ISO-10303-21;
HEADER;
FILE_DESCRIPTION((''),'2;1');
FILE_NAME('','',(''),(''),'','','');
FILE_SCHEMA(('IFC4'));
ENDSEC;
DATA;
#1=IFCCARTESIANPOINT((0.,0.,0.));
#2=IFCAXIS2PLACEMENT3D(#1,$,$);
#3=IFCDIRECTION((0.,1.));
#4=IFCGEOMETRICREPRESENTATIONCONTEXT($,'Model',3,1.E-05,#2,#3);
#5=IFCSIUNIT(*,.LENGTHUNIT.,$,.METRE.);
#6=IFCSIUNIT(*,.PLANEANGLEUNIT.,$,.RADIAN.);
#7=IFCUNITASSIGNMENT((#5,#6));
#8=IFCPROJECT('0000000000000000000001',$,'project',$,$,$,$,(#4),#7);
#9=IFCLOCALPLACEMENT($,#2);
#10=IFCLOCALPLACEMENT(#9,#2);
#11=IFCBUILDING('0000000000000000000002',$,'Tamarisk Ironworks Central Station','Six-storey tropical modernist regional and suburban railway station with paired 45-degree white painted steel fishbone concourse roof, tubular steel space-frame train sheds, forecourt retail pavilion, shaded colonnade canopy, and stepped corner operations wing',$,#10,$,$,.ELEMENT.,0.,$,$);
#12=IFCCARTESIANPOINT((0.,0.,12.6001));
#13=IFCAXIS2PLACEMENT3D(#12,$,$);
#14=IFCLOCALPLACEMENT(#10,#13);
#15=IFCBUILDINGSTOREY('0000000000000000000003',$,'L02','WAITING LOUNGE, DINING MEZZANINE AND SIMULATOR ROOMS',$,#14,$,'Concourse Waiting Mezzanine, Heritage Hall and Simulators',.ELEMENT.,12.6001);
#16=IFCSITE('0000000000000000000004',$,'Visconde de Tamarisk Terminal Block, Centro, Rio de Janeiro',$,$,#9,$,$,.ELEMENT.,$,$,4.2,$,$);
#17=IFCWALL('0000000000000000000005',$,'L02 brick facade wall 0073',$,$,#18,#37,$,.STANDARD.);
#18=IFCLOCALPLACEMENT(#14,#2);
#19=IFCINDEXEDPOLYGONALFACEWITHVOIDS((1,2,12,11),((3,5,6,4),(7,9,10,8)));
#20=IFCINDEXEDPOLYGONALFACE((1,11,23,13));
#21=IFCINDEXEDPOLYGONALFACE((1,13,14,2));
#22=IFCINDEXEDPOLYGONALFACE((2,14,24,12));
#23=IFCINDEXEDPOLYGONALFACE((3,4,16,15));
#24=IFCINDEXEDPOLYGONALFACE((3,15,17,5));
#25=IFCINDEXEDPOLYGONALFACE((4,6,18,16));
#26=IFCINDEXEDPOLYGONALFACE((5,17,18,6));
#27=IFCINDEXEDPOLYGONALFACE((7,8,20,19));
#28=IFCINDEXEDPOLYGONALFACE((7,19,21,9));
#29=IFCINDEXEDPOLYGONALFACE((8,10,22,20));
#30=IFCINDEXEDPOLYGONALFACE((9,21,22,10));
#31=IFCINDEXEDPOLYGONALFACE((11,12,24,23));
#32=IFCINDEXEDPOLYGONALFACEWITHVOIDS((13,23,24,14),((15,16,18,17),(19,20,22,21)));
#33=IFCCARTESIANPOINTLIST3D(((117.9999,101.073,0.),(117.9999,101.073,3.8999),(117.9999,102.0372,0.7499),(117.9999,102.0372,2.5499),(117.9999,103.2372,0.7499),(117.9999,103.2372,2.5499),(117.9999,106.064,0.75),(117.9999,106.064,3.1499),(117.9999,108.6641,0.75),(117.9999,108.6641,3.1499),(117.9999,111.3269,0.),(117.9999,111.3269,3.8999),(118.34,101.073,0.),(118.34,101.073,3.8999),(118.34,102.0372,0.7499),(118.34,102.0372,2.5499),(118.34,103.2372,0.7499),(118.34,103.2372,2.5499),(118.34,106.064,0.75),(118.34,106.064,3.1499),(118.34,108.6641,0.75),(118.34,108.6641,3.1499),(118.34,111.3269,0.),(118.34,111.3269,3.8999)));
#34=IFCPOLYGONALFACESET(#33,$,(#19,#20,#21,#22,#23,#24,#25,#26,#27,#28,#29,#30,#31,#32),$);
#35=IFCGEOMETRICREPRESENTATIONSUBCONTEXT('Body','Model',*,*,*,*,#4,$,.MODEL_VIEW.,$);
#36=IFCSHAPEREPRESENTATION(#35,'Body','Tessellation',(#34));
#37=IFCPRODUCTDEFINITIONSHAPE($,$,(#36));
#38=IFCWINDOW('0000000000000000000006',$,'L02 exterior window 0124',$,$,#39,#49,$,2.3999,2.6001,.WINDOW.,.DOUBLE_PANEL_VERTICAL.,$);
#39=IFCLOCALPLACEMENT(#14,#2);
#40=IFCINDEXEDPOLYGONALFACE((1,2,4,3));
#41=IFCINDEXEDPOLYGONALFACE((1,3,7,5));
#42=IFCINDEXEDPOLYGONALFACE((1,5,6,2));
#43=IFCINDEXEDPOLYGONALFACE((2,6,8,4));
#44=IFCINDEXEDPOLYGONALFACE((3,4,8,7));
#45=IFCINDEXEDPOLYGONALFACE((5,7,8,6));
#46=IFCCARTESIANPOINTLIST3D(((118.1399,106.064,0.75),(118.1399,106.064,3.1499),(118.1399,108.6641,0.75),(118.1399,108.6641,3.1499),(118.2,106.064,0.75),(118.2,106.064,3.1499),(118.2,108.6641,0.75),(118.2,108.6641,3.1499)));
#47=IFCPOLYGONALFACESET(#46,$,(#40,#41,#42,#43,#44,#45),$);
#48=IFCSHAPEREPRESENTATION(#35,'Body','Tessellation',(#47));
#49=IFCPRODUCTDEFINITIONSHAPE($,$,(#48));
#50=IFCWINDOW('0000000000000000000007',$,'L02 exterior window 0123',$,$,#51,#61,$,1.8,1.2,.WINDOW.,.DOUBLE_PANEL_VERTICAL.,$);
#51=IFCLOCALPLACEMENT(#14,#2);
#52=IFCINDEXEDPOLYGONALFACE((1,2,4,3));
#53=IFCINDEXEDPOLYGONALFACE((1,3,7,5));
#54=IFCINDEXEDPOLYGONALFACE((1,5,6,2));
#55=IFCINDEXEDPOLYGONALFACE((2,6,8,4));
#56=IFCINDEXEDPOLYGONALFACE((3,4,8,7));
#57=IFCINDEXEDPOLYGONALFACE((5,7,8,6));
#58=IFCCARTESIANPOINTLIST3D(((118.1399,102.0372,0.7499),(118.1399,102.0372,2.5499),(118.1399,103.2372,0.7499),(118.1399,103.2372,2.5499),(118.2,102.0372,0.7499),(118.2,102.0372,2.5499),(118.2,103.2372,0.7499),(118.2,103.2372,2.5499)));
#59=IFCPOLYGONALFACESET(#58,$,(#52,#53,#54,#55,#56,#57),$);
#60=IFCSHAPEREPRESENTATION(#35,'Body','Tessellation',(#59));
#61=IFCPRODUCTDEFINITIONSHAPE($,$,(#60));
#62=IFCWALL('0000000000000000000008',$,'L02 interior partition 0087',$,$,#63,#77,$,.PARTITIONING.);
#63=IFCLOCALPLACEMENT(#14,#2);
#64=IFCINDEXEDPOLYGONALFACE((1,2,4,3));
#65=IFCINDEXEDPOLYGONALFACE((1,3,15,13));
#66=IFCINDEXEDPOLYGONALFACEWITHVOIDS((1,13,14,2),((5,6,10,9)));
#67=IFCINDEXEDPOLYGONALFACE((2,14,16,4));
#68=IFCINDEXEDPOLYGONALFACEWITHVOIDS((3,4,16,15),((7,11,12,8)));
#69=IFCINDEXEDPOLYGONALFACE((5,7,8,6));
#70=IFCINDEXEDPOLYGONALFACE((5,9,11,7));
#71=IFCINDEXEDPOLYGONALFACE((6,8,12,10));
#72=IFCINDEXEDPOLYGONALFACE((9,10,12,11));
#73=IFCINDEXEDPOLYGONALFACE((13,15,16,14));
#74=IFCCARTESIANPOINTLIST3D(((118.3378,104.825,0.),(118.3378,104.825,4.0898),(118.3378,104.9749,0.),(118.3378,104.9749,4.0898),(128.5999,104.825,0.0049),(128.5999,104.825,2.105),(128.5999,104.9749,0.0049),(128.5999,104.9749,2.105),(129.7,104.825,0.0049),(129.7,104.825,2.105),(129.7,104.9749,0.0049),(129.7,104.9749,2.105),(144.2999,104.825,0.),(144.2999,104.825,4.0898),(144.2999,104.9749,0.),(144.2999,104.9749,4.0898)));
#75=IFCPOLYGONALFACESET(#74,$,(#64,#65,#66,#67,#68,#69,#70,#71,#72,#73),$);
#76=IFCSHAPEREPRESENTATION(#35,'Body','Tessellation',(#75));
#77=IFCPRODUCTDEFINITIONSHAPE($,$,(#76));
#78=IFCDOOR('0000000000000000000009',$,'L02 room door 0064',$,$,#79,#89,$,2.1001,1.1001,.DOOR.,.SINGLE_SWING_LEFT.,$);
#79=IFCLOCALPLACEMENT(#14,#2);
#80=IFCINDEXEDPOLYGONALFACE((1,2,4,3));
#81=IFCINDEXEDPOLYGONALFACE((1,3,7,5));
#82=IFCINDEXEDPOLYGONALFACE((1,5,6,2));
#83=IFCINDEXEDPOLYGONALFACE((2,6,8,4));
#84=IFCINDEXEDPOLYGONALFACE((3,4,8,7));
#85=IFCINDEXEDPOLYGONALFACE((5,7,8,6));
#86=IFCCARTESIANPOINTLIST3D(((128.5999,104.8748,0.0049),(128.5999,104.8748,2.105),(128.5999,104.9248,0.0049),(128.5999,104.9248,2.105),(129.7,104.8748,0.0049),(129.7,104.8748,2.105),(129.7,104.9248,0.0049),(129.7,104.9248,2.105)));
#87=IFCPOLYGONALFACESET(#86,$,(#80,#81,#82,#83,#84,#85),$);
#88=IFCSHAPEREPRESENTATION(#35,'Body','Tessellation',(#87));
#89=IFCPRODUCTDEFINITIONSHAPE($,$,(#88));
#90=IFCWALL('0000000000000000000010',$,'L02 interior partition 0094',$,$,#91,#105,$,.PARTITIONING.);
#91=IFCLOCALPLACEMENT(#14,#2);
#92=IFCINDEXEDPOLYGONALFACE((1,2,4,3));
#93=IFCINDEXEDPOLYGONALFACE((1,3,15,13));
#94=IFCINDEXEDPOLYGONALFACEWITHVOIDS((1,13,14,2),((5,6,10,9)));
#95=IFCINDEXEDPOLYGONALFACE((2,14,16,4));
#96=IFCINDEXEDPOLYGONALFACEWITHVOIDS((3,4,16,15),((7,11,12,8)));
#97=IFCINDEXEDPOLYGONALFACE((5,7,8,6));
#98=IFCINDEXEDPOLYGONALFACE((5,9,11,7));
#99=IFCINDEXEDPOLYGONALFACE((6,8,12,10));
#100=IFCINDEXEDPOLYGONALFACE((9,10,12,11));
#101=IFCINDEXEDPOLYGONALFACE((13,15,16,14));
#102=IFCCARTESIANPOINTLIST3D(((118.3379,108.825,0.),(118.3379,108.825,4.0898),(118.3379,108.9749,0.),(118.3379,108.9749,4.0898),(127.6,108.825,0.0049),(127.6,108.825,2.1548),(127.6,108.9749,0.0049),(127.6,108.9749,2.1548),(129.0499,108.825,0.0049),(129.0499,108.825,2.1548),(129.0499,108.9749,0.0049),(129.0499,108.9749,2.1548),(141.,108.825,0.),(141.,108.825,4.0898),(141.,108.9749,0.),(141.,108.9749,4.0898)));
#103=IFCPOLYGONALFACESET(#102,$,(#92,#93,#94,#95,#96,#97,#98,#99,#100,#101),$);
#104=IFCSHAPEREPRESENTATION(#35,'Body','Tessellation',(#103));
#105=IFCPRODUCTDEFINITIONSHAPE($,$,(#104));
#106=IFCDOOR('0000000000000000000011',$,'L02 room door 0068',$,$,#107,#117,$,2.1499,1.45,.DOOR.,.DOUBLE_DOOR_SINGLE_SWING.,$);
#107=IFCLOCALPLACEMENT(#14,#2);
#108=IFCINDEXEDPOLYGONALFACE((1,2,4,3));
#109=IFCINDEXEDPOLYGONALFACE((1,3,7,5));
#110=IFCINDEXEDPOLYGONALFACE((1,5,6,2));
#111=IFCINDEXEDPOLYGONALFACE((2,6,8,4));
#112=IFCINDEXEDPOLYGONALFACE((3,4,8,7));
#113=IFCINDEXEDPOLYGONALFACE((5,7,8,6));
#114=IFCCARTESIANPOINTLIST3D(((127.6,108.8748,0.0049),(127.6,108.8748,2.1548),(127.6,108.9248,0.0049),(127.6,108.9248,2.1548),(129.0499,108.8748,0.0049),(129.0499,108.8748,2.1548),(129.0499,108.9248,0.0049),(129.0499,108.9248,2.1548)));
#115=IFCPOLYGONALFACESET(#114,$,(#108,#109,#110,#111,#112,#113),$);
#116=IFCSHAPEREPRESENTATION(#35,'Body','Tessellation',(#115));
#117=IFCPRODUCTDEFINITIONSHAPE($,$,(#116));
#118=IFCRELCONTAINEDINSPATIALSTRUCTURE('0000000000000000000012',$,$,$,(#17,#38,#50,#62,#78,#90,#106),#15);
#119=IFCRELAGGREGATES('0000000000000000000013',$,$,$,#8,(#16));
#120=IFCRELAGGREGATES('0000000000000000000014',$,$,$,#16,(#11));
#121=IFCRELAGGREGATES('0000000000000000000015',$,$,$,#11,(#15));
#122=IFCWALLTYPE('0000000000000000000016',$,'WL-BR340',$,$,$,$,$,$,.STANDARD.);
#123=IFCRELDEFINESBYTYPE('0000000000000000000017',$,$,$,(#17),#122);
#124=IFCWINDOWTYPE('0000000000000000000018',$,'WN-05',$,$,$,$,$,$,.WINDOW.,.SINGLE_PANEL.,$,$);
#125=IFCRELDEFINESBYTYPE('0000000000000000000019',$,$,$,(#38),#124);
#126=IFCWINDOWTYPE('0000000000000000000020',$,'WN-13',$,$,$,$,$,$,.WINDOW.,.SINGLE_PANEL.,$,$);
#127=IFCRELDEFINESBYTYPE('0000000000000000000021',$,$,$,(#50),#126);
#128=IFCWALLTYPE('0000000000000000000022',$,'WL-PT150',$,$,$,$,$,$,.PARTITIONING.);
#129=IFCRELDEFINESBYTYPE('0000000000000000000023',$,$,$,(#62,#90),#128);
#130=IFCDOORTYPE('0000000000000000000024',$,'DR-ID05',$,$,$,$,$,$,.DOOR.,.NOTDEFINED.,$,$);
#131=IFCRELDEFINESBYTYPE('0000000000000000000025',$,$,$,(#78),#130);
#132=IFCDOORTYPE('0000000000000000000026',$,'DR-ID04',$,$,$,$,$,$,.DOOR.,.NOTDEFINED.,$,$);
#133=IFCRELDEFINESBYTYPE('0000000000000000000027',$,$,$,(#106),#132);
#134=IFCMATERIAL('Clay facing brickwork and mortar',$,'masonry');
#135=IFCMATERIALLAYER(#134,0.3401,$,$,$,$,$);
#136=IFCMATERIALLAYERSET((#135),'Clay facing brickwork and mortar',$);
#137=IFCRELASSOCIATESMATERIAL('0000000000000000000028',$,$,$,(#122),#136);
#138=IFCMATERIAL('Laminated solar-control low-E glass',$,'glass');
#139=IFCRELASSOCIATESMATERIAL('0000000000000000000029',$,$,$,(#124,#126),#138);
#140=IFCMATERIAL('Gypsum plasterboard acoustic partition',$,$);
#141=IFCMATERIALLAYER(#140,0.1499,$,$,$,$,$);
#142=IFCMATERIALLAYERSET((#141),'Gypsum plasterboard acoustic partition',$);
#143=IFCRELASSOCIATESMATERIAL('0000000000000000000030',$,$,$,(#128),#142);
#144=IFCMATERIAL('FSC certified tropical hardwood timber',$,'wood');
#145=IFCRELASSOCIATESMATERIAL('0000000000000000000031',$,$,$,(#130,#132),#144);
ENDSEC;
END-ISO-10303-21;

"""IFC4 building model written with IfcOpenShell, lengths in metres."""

from ifc_helpers import new_model, si_unit, direction, frame, frame_2d, origin, place, context, subcontext, project, spatial, rectangle, extrude, material, layer, layer_set, type_object, element, fill, save


model = new_model("IFC4")

# Units and contexts
model_context = context("Model", 3, precision=1e-05, world=origin(), true_north=direction((0.0, 1.0)))
body_context = subcontext(model_context, "Body", "Model", "MODEL_VIEW")
ifc_project = project(units=[si_unit("LENGTHUNIT", "METRE"), si_unit("PLANEANGLEUNIT", "RADIAN")], contexts=[model_context])

# Site, building, storey
site_placement = place(None, origin())
site = spatial("IfcSite", under=ifc_project, at=site_placement, Name="Visconde de Tamarisk Terminal Block, Centro, Rio de Janeiro", CompositionType="ELEMENT", RefElevation=4.2)
building_placement = place(site_placement, origin())
building = spatial("IfcBuilding", under=site, at=building_placement, Name="Tamarisk Ironworks Central Station", Description="Six-storey tropical modernist regional and suburban railway station with paired 45-degree white painted steel fishbone concourse roof, tubular steel space-frame train sheds, forecourt retail pavilion, shaded colonnade canopy, and stepped corner operations wing", CompositionType="ELEMENT", ElevationOfRefHeight=0.0)
storey_placement = place(building_placement, frame((0.0, 0.0, 12.6001)))
storey = spatial("IfcBuildingStorey", under=building, at=storey_placement, Name="L02", Description="WAITING LOUNGE, DINING MEZZANINE AND SIMULATOR ROOMS", LongName="Concourse Waiting Mezzanine, Heritage Hall and Simulators", CompositionType="ELEMENT", Elevation=12.6001)

# Wall, openings, windows
ifc_material_1 = material(Name="Clay facing brickwork and mortar", Category="masonry")
ifc_material_2 = material(Name="Laminated solar-control low-E glass", Category="glass")
ifc_layer_1 = layer(ifc_material_1, 0.3401)
ifc_layer_set_1 = layer_set([ifc_layer_1], Name="Clay facing brickwork and mortar")
wall_type_1 = type_object("IfcWallType", Name="WL-BR340", PredefinedType="STANDARD", material=ifc_layer_set_1)
window_type_1 = type_object("IfcWindowType", Name="WN-05", PartitioningType="SINGLE_PANEL", PredefinedType="WINDOW", material=ifc_material_2)
wall_1_placement = place(storey_placement, frame((118.1699, 101.073, 0.0), z_axis=(0.0, 0.0, 1.0), x_axis=(0.0, 1.0, 0.0)))
wall_1 = element("IfcWall", 1, at=wall_1_placement, inside=storey, type_object=wall_type_1, Name="L02 brick facade wall 0073", PredefinedType="STANDARD", context=body_context, shape_type="SweptSolid", body=[
    extrude(rectangle(XDim=10.2539, YDim=0.3401, at=frame_2d((5.127, 0.0))), origin(), (0.0, 0.0, 1.0), 3.8999),
])
opening_1_placement = place(wall_1_placement, frame((0.9641, 0.0, 0.75)))
opening_1 = element("IfcOpeningElement", 2, at=opening_1_placement, cuts=wall_1, PredefinedType="OPENING", context=body_context, shape_type="SweptSolid", body=[
    extrude(rectangle(XDim=1.2, YDim=1.8, at=frame_2d((0.6001, 0.8999))), frame((0.0, 0.1821, 0.0), z_axis=(0.0, -1.0, 0.0), x_axis=(1.0, 0.0, 0.0)), (0.0, 0.0, 1.0), 0.364),
])
opening_2_placement = place(wall_1_placement, frame((4.991, 0.0, 0.75)))
opening_2 = element("IfcOpeningElement", 3, at=opening_2_placement, cuts=wall_1, PredefinedType="OPENING", context=body_context, shape_type="SweptSolid", body=[
    extrude(rectangle(XDim=2.6001, YDim=2.3999, at=frame_2d((1.3, 1.2))), frame((0.0, 0.1821, 0.0), z_axis=(0.0, -1.0, 0.0), x_axis=(1.0, 0.0, 0.0)), (0.0, 0.0, 1.0), 0.364),
])
window_1_placement = place(opening_2_placement, origin())
window_1 = element("IfcWindow", 4, at=window_1_placement, inside=storey, type_object=window_type_1, Name="L02 exterior window 0124", OverallHeight=2.3999, OverallWidth=2.6001, PartitioningType="DOUBLE_PANEL_VERTICAL", PredefinedType="WINDOW", context=body_context, shape_type="SweptSolid", body=[
    extrude(rectangle(XDim=2.6001, YDim=2.3999, at=frame_2d((1.3, 1.2))), frame((0.0, 0.03, 0.0), z_axis=(0.0, -1.0, 0.0), x_axis=(1.0, 0.0, 0.0)), (0.0, 0.0, 1.0), 0.0601),
])
fill(opening_2, window_1)
window_type_2 = type_object("IfcWindowType", Name="WN-13", PartitioningType="SINGLE_PANEL", PredefinedType="WINDOW", material=ifc_material_2)
window_2_placement = place(opening_1_placement, origin())
window_2 = element("IfcWindow", 5, at=window_2_placement, inside=storey, type_object=window_type_2, Name="L02 exterior window 0123", OverallHeight=1.8, OverallWidth=1.2, PartitioningType="DOUBLE_PANEL_VERTICAL", PredefinedType="WINDOW", context=body_context, shape_type="SweptSolid", body=[
    extrude(rectangle(XDim=1.2, YDim=1.8, at=frame_2d((0.6001, 0.8999))), frame((0.0, 0.03, 0.0), z_axis=(0.0, -1.0, 0.0), x_axis=(1.0, 0.0, 0.0)), (0.0, 0.0, 1.0), 0.0601),
])
fill(opening_1, window_2)

# Walls, openings, doors
ifc_material_3 = material(Name="Gypsum plasterboard acoustic partition")
ifc_layer_2 = layer(ifc_material_3, 0.1499)
ifc_layer_set_2 = layer_set([ifc_layer_2], Name="Gypsum plasterboard acoustic partition")
wall_type_2 = type_object("IfcWallType", Name="WL-PT150", PredefinedType="PARTITIONING", material=ifc_layer_set_2)
wall_2_placement = place(storey_placement, frame((118.3379, 104.8999, 0.0), z_axis=(0.0, 0.0, 1.0), x_axis=(1.0, 0.0, 0.0)))
wall_2 = element("IfcWall", 6, at=wall_2_placement, inside=storey, type_object=wall_type_2, Name="L02 interior partition 0087", PredefinedType="PARTITIONING", context=body_context, shape_type="SweptSolid", body=[
    extrude(rectangle(XDim=25.9622, YDim=0.1499, at=frame_2d((12.981, 0.0))), origin(), (0.0, 0.0, 1.0), 4.0898),
])
opening_3_placement = place(wall_2_placement, frame((10.262, 0.0, 0.0049)))
opening_3 = element("IfcOpeningElement", 7, at=opening_3_placement, cuts=wall_2, PredefinedType="OPENING", context=body_context, shape_type="SweptSolid", body=[
    extrude(rectangle(XDim=1.1001, YDim=2.1001, at=frame_2d((0.55, 1.05))), frame((0.0, 0.0869, 0.0), z_axis=(0.0, -1.0, 0.0), x_axis=(1.0, 0.0, 0.0)), (0.0, 0.0, 1.0), 0.1738),
])
ifc_material_4 = material(Name="FSC certified tropical hardwood timber", Category="wood")
door_type_1 = type_object("IfcDoorType", Name="DR-ID05", OperationType="NOTDEFINED", PredefinedType="DOOR", material=ifc_material_4)
door_1_placement = place(opening_3_placement, origin())
door_1 = element("IfcDoor", 8, at=door_1_placement, inside=storey, type_object=door_type_1, Name="L02 room door 0064", OperationType="SINGLE_SWING_LEFT", OverallHeight=2.1001, OverallWidth=1.1001, PredefinedType="DOOR", context=body_context, shape_type="SweptSolid", body=[
    extrude(rectangle(XDim=1.1001, YDim=2.1001, at=frame_2d((0.55, 1.05))), frame((0.0, 0.0249, 0.0), z_axis=(0.0, -1.0, 0.0), x_axis=(1.0, 0.0, 0.0)), (0.0, 0.0, 1.0), 0.05),
])
fill(opening_3, door_1)
wall_3_placement = place(storey_placement, frame((118.3379, 108.8999, 0.0), z_axis=(0.0, 0.0, 1.0), x_axis=(1.0, 0.0, 0.0)))
wall_3 = element("IfcWall", 9, at=wall_3_placement, inside=storey, type_object=wall_type_2, Name="L02 interior partition 0094", PredefinedType="PARTITIONING", context=body_context, shape_type="SweptSolid", body=[
    extrude(rectangle(XDim=22.6621, YDim=0.1499, at=frame_2d((11.3311, 0.0))), origin(), (0.0, 0.0, 1.0), 4.0898),
])
opening_4_placement = place(wall_3_placement, frame((9.262, 0.0, 0.0049)))
opening_4 = element("IfcOpeningElement", 10, at=opening_4_placement, cuts=wall_3, PredefinedType="OPENING", context=body_context, shape_type="SweptSolid", body=[
    extrude(rectangle(XDim=1.45, YDim=2.1499, at=frame_2d((0.7251, 1.075))), frame((0.0, 0.0869, 0.0), z_axis=(0.0, -1.0, 0.0), x_axis=(1.0, 0.0, 0.0)), (0.0, 0.0, 1.0), 0.1738),
])
door_type_2 = type_object("IfcDoorType", Name="DR-ID04", OperationType="NOTDEFINED", PredefinedType="DOOR", material=ifc_material_4)
door_2_placement = place(opening_4_placement, origin())
door_2 = element("IfcDoor", 11, at=door_2_placement, inside=storey, type_object=door_type_2, Name="L02 room door 0068", OperationType="DOUBLE_DOOR_SINGLE_SWING", OverallHeight=2.1499, OverallWidth=1.45, PredefinedType="DOOR", context=body_context, shape_type="SweptSolid", body=[
    extrude(rectangle(XDim=1.45, YDim=2.1499, at=frame_2d((0.7251, 1.075))), frame((0.0, 0.0249, 0.0), z_axis=(0.0, -1.0, 0.0), x_axis=(1.0, 0.0, 0.0)), (0.0, 0.0, 1.0), 0.05),
])
fill(opening_4, door_2)

save(model, "model.ifc")
